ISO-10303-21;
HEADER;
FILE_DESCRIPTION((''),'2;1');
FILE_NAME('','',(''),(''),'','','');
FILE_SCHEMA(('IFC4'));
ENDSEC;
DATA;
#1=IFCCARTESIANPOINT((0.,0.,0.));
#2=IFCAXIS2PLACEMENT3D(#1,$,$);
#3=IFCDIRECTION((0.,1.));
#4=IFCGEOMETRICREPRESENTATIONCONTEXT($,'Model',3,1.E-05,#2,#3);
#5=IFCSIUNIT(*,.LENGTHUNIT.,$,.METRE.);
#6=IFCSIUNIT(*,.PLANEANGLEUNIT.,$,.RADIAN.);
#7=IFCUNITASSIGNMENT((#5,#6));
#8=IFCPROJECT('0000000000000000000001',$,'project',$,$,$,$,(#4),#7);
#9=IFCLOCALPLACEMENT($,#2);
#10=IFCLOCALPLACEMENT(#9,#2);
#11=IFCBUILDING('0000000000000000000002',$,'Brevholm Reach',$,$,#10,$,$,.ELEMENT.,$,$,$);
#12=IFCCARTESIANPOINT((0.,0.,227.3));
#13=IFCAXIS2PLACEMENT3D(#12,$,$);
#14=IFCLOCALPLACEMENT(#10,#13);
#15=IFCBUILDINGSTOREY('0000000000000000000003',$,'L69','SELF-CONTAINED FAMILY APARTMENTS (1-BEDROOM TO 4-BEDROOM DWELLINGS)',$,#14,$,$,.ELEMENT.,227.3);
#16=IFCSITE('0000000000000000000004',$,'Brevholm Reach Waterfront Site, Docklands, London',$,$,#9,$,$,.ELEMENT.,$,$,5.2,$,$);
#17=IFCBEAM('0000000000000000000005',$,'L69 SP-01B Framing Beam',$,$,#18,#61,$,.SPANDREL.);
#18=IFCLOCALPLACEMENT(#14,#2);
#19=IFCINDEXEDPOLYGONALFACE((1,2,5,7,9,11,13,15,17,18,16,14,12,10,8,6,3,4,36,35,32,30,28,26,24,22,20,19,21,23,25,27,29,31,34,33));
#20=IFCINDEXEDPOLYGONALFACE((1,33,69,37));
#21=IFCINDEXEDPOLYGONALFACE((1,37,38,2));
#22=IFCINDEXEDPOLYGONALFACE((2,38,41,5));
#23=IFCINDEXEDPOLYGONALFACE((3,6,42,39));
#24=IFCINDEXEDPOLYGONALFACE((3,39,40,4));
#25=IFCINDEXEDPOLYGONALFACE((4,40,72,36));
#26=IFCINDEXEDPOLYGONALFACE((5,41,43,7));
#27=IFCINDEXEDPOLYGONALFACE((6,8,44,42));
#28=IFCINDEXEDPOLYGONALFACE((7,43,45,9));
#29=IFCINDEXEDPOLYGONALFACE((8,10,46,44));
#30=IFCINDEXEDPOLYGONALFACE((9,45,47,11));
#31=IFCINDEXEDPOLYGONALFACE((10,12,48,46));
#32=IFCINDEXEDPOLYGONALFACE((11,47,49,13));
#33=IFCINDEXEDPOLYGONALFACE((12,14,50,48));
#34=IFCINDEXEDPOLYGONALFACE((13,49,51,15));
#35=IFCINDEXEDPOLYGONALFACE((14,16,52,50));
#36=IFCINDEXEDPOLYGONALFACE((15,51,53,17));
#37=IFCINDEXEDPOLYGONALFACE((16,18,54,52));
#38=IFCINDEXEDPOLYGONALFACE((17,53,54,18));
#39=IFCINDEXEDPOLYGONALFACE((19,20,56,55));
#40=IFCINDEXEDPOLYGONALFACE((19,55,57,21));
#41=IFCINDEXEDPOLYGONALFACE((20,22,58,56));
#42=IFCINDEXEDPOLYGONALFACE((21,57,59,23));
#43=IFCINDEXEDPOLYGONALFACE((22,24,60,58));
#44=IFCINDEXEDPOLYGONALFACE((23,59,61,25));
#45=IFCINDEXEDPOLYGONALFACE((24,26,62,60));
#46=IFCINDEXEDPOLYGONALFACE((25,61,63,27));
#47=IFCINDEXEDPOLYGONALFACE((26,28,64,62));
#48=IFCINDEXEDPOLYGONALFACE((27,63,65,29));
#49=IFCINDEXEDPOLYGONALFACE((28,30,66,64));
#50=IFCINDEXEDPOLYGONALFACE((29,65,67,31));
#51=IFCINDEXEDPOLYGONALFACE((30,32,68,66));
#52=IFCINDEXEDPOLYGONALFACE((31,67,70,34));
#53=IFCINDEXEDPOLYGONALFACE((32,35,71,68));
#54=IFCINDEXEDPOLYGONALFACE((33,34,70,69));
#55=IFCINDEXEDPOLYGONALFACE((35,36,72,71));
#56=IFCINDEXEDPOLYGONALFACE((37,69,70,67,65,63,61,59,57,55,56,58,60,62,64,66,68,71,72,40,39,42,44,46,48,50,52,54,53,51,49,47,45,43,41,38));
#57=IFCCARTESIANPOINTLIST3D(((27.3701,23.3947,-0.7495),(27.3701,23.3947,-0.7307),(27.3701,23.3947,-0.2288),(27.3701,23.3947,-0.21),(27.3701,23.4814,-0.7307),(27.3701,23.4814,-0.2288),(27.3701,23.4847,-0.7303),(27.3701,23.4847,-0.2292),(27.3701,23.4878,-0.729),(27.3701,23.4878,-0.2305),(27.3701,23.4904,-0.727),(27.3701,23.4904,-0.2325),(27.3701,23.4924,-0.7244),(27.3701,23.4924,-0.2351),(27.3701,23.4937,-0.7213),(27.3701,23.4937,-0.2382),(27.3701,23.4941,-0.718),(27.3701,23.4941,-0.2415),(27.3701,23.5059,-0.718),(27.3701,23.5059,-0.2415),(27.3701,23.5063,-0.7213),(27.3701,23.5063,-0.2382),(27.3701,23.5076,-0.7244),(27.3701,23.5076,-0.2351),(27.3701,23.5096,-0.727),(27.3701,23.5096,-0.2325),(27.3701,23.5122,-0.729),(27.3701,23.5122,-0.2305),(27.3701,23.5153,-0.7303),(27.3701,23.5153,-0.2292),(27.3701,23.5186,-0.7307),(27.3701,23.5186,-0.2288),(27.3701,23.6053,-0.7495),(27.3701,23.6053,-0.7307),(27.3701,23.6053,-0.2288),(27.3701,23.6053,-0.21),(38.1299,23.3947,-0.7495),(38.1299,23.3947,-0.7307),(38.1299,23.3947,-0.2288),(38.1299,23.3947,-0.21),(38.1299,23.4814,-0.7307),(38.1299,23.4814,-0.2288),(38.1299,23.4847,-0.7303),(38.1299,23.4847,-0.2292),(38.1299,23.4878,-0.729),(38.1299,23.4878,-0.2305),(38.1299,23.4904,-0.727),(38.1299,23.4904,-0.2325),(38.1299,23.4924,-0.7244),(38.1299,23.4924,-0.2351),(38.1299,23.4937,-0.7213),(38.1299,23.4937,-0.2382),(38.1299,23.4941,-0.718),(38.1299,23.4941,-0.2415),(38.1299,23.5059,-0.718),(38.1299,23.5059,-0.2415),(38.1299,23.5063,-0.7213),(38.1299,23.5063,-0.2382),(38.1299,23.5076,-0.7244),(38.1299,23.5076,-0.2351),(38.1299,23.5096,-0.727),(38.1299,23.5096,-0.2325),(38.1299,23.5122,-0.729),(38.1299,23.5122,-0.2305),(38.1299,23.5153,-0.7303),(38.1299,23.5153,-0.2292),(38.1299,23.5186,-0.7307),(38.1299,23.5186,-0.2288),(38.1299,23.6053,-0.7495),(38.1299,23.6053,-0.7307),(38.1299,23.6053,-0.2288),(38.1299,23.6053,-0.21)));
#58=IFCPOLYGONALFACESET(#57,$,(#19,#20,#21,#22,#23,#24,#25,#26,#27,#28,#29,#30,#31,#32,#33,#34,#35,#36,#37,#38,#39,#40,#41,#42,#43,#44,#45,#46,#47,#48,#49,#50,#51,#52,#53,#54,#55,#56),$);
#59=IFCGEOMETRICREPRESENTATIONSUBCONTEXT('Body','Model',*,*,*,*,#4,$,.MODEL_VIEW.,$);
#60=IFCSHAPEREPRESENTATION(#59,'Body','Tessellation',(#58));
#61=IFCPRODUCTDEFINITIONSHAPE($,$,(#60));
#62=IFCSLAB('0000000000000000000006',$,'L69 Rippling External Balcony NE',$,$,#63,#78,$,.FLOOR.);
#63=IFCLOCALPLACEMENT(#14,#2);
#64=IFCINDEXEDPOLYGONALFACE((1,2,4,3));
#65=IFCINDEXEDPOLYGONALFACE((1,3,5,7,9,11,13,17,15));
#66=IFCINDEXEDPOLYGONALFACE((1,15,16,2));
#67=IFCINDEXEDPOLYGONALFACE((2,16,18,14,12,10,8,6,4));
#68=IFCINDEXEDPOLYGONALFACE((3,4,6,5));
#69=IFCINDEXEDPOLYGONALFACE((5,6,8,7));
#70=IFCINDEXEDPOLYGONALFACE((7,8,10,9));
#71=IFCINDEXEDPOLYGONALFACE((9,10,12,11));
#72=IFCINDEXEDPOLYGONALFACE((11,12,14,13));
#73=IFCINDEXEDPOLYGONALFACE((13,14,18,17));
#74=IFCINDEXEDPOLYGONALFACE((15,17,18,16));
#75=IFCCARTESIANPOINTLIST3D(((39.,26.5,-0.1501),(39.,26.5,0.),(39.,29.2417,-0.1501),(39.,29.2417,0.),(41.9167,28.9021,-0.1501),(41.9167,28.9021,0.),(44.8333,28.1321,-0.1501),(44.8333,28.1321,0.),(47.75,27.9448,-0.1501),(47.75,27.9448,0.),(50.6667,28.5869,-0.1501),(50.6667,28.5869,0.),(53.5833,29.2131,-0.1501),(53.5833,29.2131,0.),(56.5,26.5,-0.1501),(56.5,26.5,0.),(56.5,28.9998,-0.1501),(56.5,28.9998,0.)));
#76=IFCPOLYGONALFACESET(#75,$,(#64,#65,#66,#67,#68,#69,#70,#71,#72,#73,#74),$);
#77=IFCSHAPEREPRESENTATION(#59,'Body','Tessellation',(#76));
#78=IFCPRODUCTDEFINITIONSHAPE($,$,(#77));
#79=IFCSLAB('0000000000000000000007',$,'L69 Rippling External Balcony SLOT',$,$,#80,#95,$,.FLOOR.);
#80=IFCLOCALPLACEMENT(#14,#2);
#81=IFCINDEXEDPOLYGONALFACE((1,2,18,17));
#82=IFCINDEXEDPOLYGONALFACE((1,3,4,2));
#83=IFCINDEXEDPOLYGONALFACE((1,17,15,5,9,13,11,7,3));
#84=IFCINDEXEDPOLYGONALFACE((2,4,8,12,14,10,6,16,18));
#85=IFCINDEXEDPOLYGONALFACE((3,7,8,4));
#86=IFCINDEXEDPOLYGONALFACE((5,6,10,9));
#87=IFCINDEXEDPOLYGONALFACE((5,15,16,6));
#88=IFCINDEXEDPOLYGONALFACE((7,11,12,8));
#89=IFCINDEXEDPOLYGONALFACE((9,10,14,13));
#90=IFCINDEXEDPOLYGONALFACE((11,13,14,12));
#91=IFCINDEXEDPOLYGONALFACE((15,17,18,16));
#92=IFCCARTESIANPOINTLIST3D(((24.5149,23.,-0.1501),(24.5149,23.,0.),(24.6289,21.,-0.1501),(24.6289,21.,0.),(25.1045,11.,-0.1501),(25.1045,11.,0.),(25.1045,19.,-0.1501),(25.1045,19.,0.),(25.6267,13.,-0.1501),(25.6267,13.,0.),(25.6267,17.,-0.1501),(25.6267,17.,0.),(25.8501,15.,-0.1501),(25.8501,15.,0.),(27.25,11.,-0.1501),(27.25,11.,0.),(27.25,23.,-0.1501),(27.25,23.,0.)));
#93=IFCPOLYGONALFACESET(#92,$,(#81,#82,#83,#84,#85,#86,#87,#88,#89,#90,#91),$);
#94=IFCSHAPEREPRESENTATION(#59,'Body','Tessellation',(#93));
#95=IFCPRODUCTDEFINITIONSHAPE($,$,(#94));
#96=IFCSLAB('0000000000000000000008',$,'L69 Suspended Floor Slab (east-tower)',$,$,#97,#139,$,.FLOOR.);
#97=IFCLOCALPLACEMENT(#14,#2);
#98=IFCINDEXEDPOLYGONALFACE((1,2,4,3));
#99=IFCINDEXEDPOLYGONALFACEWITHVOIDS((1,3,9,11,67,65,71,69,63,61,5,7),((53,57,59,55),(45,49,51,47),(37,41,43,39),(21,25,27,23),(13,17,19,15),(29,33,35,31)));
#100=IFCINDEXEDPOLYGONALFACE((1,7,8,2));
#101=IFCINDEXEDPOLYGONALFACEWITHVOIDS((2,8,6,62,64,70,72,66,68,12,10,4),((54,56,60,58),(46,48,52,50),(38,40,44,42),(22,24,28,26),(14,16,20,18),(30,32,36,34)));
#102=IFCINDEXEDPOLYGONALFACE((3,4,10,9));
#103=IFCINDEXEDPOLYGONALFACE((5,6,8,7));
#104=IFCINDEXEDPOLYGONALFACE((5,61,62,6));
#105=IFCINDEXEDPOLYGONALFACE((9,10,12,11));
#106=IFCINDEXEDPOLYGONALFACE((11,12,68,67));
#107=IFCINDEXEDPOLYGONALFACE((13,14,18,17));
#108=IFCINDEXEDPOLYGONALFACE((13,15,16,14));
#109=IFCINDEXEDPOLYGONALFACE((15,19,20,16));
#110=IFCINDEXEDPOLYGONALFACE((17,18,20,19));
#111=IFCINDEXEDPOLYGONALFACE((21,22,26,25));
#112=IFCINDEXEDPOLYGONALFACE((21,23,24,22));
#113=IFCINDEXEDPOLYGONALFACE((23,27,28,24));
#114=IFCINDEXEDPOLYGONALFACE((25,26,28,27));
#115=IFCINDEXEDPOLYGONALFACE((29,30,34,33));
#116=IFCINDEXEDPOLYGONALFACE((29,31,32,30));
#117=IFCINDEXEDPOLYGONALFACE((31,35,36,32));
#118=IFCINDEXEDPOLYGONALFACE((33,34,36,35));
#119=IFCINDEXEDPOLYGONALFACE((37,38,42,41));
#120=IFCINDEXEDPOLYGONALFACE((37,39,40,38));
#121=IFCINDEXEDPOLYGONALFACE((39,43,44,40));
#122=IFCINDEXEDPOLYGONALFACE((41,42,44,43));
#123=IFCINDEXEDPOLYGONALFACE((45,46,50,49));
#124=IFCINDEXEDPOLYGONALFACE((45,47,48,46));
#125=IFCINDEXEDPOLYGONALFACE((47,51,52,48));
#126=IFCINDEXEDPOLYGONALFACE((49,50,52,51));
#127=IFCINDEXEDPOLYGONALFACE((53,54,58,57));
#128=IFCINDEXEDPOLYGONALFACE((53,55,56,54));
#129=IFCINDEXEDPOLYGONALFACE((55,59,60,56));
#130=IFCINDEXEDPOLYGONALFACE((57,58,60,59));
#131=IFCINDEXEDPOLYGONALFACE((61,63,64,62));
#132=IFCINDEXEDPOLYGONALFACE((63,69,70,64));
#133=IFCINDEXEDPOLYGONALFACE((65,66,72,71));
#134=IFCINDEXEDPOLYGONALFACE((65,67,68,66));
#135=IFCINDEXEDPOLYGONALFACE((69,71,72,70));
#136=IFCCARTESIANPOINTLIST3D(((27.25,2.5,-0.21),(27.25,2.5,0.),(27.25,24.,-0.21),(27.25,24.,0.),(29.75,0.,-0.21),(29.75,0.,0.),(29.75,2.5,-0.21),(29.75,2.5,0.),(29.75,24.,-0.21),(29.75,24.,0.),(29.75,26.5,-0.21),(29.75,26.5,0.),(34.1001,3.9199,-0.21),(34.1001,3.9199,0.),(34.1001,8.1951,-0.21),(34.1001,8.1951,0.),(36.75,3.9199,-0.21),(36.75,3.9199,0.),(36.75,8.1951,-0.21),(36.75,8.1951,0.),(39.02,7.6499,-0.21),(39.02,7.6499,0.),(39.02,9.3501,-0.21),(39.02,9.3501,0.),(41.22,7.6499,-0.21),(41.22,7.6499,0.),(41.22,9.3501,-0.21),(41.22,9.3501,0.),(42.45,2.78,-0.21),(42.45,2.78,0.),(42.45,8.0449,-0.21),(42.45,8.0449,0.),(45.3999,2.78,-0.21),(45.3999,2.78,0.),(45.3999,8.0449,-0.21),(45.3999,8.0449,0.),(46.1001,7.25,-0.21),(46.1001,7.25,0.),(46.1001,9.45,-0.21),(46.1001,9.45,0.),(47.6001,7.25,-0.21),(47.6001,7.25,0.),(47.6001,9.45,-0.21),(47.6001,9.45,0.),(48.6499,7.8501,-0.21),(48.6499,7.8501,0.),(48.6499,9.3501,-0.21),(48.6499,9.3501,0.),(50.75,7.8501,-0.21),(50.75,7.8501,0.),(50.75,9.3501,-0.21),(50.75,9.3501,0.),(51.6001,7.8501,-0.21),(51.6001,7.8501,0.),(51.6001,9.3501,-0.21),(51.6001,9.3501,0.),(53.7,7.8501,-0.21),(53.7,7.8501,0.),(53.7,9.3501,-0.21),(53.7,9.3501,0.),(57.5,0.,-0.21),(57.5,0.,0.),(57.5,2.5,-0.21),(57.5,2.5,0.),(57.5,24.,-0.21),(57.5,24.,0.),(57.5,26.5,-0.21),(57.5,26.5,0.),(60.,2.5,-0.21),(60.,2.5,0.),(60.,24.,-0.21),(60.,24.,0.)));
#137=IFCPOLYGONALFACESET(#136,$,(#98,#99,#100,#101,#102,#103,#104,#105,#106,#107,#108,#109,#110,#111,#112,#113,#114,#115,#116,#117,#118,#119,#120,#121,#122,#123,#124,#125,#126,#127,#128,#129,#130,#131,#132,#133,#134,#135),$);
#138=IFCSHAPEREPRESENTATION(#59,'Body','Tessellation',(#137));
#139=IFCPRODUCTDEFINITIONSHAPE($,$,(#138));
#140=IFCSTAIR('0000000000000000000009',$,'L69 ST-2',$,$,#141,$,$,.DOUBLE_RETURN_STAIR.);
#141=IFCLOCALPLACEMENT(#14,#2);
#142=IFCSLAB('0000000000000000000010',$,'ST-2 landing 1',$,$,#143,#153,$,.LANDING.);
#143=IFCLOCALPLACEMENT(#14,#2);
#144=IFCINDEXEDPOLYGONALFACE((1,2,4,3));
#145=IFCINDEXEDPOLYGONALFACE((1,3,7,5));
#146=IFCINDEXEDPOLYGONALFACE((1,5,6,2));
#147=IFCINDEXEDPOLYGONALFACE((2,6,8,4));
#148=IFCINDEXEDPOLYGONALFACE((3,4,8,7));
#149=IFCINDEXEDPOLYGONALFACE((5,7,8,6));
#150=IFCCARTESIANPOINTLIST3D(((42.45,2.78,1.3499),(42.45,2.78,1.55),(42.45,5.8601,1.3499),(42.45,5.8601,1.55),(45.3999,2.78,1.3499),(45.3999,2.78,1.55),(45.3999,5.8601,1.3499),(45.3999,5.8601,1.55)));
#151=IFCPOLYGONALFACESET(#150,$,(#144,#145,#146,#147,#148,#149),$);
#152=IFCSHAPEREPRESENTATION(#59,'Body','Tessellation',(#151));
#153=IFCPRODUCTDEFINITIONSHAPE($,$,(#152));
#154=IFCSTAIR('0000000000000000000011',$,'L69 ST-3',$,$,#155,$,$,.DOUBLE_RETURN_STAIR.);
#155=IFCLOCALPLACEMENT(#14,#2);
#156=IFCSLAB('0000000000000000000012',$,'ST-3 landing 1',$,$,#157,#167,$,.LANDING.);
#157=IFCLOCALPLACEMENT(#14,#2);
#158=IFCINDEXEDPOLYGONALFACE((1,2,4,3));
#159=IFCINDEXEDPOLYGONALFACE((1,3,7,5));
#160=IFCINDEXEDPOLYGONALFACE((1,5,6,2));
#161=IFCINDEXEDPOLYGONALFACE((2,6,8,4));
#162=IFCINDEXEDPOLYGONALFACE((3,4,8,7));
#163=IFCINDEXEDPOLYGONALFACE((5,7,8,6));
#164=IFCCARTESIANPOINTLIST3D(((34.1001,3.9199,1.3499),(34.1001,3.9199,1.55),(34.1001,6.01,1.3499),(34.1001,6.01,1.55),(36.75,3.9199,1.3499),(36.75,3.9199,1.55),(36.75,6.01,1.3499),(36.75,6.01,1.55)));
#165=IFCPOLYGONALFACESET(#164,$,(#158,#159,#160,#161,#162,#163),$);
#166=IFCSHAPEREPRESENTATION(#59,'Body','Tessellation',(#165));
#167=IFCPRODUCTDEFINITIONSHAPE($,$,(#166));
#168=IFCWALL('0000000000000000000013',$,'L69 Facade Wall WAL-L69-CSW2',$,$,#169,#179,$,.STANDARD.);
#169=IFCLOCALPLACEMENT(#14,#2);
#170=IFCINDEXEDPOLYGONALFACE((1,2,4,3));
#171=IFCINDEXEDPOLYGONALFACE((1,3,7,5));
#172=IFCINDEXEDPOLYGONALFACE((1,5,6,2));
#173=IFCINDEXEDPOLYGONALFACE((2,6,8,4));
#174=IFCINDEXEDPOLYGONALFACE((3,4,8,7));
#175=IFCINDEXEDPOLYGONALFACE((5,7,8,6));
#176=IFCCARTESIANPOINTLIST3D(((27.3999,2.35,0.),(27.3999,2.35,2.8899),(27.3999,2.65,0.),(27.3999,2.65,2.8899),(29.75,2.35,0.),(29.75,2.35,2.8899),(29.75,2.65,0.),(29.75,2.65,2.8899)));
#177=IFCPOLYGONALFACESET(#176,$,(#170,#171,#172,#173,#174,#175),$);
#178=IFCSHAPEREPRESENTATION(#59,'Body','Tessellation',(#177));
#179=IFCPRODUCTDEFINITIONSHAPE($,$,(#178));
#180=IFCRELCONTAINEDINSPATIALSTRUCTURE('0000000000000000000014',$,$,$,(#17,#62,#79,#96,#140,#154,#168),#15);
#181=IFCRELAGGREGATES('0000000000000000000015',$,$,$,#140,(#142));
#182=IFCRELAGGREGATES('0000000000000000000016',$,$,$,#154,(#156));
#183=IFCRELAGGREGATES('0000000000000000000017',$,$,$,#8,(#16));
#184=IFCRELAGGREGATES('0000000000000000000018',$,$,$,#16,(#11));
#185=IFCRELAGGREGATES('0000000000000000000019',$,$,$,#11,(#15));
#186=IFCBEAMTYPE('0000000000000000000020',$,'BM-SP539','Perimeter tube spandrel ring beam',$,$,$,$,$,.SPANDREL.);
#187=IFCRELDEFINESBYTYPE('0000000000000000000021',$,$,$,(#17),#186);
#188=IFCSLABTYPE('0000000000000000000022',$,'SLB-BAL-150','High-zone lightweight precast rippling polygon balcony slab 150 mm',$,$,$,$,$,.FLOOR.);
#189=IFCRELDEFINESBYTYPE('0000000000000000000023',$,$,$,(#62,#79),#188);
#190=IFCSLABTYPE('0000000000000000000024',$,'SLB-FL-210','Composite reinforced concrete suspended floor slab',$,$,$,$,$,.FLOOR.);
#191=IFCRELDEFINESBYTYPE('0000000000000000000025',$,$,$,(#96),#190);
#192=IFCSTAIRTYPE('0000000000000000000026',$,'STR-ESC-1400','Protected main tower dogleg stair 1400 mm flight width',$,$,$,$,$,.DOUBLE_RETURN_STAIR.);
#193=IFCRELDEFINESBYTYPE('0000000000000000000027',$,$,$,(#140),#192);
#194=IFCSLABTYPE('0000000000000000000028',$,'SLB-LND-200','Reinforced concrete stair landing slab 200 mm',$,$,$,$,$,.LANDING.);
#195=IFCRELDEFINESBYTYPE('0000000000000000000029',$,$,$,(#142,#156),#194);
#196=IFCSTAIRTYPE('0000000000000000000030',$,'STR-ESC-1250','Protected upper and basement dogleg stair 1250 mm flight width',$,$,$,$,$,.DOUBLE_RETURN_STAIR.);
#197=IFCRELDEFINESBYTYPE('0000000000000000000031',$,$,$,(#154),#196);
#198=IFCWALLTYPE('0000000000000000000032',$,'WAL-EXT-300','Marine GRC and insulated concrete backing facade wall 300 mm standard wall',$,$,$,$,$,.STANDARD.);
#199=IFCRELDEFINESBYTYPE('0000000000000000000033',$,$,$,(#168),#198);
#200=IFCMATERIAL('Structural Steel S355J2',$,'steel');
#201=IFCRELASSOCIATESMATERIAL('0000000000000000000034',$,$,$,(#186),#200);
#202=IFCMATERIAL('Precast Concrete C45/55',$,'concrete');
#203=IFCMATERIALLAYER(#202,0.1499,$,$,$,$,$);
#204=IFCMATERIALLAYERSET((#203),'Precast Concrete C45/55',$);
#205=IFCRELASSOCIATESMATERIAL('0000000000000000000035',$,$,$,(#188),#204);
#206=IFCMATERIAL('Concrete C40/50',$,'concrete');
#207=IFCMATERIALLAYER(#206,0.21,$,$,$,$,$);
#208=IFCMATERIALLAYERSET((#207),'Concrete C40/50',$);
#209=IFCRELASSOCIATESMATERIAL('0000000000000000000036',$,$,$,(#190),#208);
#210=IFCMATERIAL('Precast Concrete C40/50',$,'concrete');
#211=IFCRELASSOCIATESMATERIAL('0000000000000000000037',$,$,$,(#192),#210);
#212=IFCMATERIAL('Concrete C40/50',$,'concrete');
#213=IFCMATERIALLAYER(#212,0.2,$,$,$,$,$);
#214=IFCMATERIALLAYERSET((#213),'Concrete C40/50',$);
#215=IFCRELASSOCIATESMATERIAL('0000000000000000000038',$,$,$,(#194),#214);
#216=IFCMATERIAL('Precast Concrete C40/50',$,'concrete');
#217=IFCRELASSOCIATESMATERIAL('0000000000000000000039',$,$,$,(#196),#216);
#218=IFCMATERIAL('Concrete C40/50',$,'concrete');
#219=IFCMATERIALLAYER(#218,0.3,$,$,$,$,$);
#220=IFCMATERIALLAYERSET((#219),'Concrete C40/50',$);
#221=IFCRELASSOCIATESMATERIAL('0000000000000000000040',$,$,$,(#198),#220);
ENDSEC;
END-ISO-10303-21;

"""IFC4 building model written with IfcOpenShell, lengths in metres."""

from ifc_helpers import new_model, si_unit, direction, frame, frame_2d, origin, origin_2d, place, context, subcontext, project, spatial, polyline, rectangle, i_section, outline, extrude, material, layer, layer_set, material_profile, profile_set, type_object, element, aggregate, save


model = new_model("IFC4")

# Units and contexts
model_context = context("Model", 3, precision=1e-05, world=origin(), true_north=direction((0.0, 1.0)))
body_context = subcontext(model_context, "Body", "Model", "MODEL_VIEW")
ifc_project = project(units=[si_unit("LENGTHUNIT", "METRE"), si_unit("PLANEANGLEUNIT", "RADIAN")], contexts=[model_context])

# Site, building, storey
site_placement = place(None, origin())
site = spatial("IfcSite", under=ifc_project, at=site_placement, Name="Brevholm Reach Waterfront Site, Docklands, London", CompositionType="ELEMENT", RefElevation=5.2)
building_placement = place(site_placement, origin())
building = spatial("IfcBuilding", under=site, at=building_placement, Name="Brevholm Reach", CompositionType="ELEMENT")
storey_placement = place(building_placement, frame((0.0, 0.0, 227.3)))
storey = spatial("IfcBuildingStorey", under=building, at=storey_placement, Name="L69", Description="SELF-CONTAINED FAMILY APARTMENTS (1-BEDROOM TO 4-BEDROOM DWELLINGS)", CompositionType="ELEMENT", Elevation=227.3)

# Beam
ifc_material_1 = material(Name="Structural Steel S355J2", Category="steel")
ifc_material_profile_1 = material_profile(ifc_material_1, i_section(OverallWidth=0.2107, OverallDepth=0.5396, WebThickness=0.0117, FlangeThickness=0.0188, FilletRadius=0.0127, at=origin_2d()), Name="UKB 533x210x109")
ifc_profile_set_1 = profile_set([ifc_material_profile_1], Name="Structural Steel S355J2")
beam_type_1 = type_object("IfcBeamType", Name="BM-SP539", Description="Perimeter tube spandrel ring beam", PredefinedType="SPANDREL", material=ifc_profile_set_1)
for number, where, z_axis, x_axis, name in (
    (1, (27.3701, 23.5, -0.4797), (1.0, 0.0, 0.0), (0.0, 1.0, 0.0), "L69 SP-01B Framing Beam"),
):
    element("IfcBeam", number, at=place(storey_placement, frame(where, z_axis=z_axis, x_axis=x_axis)), inside=storey, type_object=beam_type_1, Name=name, PredefinedType="SPANDREL", context=body_context, shape_type="SweptSolid", body=[
        extrude(i_section(OverallWidth=0.2107, OverallDepth=0.5396, WebThickness=0.0117, FlangeThickness=0.0188, FilletRadius=0.0127, at=origin_2d()), origin(), (0.0, 0.0, 1.0), 10.7598),
    ])

# Slabs
ifc_material_2 = material(Name="Precast Concrete C45/55", Category="concrete")
ifc_layer_1 = layer(ifc_material_2, 0.1499)
ifc_layer_set_1 = layer_set([ifc_layer_1], Name="Precast Concrete C45/55")
slab_type_1 = type_object("IfcSlabType", Name="SLB-BAL-150", Description="High-zone lightweight precast rippling polygon balcony slab 150 mm", PredefinedType="FLOOR", material=ifc_layer_set_1)
slab_1_placement = place(storey_placement, frame((0.0, 0.0, -0.1501)))
element("IfcSlab", 2, at=slab_1_placement, inside=storey, type_object=slab_type_1, Name="L69 Rippling External Balcony NE", PredefinedType="FLOOR", context=body_context, shape_type="SweptSolid", body=[
    extrude(outline(polyline([(39.0, 26.5), (56.5, 26.5), (56.5, 28.9998), (53.5833, 29.2131), (50.6667, 28.5869), (47.75, 27.9448), (44.8333, 28.1321), (41.9167, 28.9021), (39.0, 29.2417), (39.0, 26.5)])), origin(), (0.0, 0.0, 1.0), 0.1501),
])
slab_2_placement = place(storey_placement, frame((0.0, 0.0, -0.1501)))
element("IfcSlab", 3, at=slab_2_placement, inside=storey, type_object=slab_type_1, Name="L69 Rippling External Balcony SLOT", PredefinedType="FLOOR", context=body_context, shape_type="SweptSolid", body=[
    extrude(outline(polyline([(27.25, 11.0), (27.25, 23.0), (24.5149, 23.0), (24.6289, 21.0), (25.1045, 19.0), (25.6267, 17.0), (25.8501, 15.0), (25.6267, 13.0), (25.1045, 11.0), (27.25, 11.0)])), origin(), (0.0, 0.0, 1.0), 0.1501),
])
ifc_material_3 = material(Name="Concrete C40/50", Category="concrete")
ifc_layer_2 = layer(ifc_material_3, 0.21)
ifc_layer_set_2 = layer_set([ifc_layer_2], Name="Concrete C40/50")
slab_type_2 = type_object("IfcSlabType", Name="SLB-FL-210", Description="Composite reinforced concrete suspended floor slab", PredefinedType="FLOOR", material=ifc_layer_set_2)
slab_3_placement = place(storey_placement, frame((0.0, 0.0, -0.21)))
element("IfcSlab", 4, at=slab_3_placement, inside=storey, type_object=slab_type_2, Name="L69 Suspended Floor Slab (east-tower)", PredefinedType="FLOOR", context=body_context, shape_type="SweptSolid", body=[
    extrude(outline(polyline([(29.75, 0.0), (57.5, 0.0), (57.5, 2.5), (60.0, 2.5), (60.0, 24.0), (57.5, 24.0), (57.5, 26.5), (29.75, 26.5), (29.75, 24.0), (27.25, 24.0), (27.25, 2.5), (29.75, 2.5), (29.75, 0.0)]), holes=[polyline([(42.45, 2.78), (45.3999, 2.78), (45.3999, 8.0449), (42.45, 8.0449), (42.45, 2.78)]), polyline([(34.1001, 3.9199), (36.75, 3.9199), (36.75, 8.1951), (34.1001, 8.1951), (34.1001, 3.9199)]), polyline([(46.1001, 7.25), (47.6001, 7.25), (47.6001, 9.45), (46.1001, 9.45), (46.1001, 7.25)]), polyline([(39.02, 7.6499), (41.22, 7.6499), (41.22, 9.3501), (39.02, 9.3501), (39.02, 7.6499)]), polyline([(48.6499, 7.8501), (50.75, 7.8501), (50.75, 9.3501), (48.6499, 9.3501), (48.6499, 7.8501)]), polyline([(51.6001, 7.8501), (53.7, 7.8501), (53.7, 9.3501), (51.6001, 9.3501), (51.6001, 7.8501)])]), origin(), (0.0, 0.0, 1.0), 0.21),
])

# Stairs, slabs
ifc_material_4 = material(Name="Precast Concrete C40/50", Category="concrete")
stair_type_1 = type_object("IfcStairType", Name="STR-ESC-1400", Description="Protected main tower dogleg stair 1400 mm flight width", PredefinedType="DOUBLE_RETURN_STAIR", material=ifc_material_4)
stair_1_placement = place(storey_placement, origin())
stair_1 = element("IfcStair", 5, at=stair_1_placement, inside=storey, type_object=stair_type_1, Name="L69 ST-2", PredefinedType="DOUBLE_RETURN_STAIR")
ifc_material_5 = material(Name="Concrete C40/50", Category="concrete")
ifc_layer_3 = layer(ifc_material_5, 0.2)
ifc_layer_set_3 = layer_set([ifc_layer_3], Name="Concrete C40/50")
slab_type_3 = type_object("IfcSlabType", Name="SLB-LND-200", Description="Reinforced concrete stair landing slab 200 mm", PredefinedType="LANDING", material=ifc_layer_set_3)
slab_4_placement = place(storey_placement, frame((0.0, 0.0, 1.3499)))
slab_4 = element("IfcSlab", 6, at=slab_4_placement, type_object=slab_type_3, Name="ST-2 landing 1", PredefinedType="LANDING", context=body_context, shape_type="SweptSolid", body=[
    extrude(outline(polyline([(42.45, 5.8601), (42.45, 2.78), (45.3999, 2.78), (45.3999, 5.8601), (42.45, 5.8601)])), origin(), (0.0, 0.0, 1.0), 0.2002),
])
aggregate(stair_1, [slab_4])
ifc_material_6 = material(Name="Precast Concrete C40/50", Category="concrete")
stair_type_2 = type_object("IfcStairType", Name="STR-ESC-1250", Description="Protected upper and basement dogleg stair 1250 mm flight width", PredefinedType="DOUBLE_RETURN_STAIR", material=ifc_material_6)
stair_2_placement = place(storey_placement, origin())
stair_2 = element("IfcStair", 7, at=stair_2_placement, inside=storey, type_object=stair_type_2, Name="L69 ST-3", PredefinedType="DOUBLE_RETURN_STAIR")
slab_5_placement = place(storey_placement, frame((0.0, 0.0, 1.3499)))
slab_5 = element("IfcSlab", 8, at=slab_5_placement, type_object=slab_type_3, Name="ST-3 landing 1", PredefinedType="LANDING", context=body_context, shape_type="SweptSolid", body=[
    extrude(outline(polyline([(34.1001, 6.01), (34.1001, 3.9199), (36.75, 3.9199), (36.75, 6.01), (34.1001, 6.01)])), origin(), (0.0, 0.0, 1.0), 0.2002),
])
aggregate(stair_2, [slab_5])

# Wall
ifc_material_7 = material(Name="Concrete C40/50", Category="concrete")
ifc_layer_4 = layer(ifc_material_7, 0.3)
ifc_layer_set_4 = layer_set([ifc_layer_4], Name="Concrete C40/50")
wall_type_1 = type_object("IfcWallType", Name="WAL-EXT-300", Description="Marine GRC and insulated concrete backing facade wall 300 mm standard wall", PredefinedType="STANDARD", material=ifc_layer_set_4)
wall_1_placement = place(storey_placement, frame((27.3999, 2.5, 0.0), z_axis=(0.0, 0.0, 1.0), x_axis=(1.0, 0.0, 0.0)))
element("IfcWall", 9, at=wall_1_placement, inside=storey, type_object=wall_type_1, Name="L69 Facade Wall WAL-L69-CSW2", PredefinedType="STANDARD", context=body_context, shape_type="SweptSolid", body=[
    extrude(rectangle(XDim=2.3501, YDim=0.3, at=frame_2d((1.175, 0.0))), origin(), (0.0, 0.0, 1.0), 2.8899),
])

save(model, "model.ifc")
